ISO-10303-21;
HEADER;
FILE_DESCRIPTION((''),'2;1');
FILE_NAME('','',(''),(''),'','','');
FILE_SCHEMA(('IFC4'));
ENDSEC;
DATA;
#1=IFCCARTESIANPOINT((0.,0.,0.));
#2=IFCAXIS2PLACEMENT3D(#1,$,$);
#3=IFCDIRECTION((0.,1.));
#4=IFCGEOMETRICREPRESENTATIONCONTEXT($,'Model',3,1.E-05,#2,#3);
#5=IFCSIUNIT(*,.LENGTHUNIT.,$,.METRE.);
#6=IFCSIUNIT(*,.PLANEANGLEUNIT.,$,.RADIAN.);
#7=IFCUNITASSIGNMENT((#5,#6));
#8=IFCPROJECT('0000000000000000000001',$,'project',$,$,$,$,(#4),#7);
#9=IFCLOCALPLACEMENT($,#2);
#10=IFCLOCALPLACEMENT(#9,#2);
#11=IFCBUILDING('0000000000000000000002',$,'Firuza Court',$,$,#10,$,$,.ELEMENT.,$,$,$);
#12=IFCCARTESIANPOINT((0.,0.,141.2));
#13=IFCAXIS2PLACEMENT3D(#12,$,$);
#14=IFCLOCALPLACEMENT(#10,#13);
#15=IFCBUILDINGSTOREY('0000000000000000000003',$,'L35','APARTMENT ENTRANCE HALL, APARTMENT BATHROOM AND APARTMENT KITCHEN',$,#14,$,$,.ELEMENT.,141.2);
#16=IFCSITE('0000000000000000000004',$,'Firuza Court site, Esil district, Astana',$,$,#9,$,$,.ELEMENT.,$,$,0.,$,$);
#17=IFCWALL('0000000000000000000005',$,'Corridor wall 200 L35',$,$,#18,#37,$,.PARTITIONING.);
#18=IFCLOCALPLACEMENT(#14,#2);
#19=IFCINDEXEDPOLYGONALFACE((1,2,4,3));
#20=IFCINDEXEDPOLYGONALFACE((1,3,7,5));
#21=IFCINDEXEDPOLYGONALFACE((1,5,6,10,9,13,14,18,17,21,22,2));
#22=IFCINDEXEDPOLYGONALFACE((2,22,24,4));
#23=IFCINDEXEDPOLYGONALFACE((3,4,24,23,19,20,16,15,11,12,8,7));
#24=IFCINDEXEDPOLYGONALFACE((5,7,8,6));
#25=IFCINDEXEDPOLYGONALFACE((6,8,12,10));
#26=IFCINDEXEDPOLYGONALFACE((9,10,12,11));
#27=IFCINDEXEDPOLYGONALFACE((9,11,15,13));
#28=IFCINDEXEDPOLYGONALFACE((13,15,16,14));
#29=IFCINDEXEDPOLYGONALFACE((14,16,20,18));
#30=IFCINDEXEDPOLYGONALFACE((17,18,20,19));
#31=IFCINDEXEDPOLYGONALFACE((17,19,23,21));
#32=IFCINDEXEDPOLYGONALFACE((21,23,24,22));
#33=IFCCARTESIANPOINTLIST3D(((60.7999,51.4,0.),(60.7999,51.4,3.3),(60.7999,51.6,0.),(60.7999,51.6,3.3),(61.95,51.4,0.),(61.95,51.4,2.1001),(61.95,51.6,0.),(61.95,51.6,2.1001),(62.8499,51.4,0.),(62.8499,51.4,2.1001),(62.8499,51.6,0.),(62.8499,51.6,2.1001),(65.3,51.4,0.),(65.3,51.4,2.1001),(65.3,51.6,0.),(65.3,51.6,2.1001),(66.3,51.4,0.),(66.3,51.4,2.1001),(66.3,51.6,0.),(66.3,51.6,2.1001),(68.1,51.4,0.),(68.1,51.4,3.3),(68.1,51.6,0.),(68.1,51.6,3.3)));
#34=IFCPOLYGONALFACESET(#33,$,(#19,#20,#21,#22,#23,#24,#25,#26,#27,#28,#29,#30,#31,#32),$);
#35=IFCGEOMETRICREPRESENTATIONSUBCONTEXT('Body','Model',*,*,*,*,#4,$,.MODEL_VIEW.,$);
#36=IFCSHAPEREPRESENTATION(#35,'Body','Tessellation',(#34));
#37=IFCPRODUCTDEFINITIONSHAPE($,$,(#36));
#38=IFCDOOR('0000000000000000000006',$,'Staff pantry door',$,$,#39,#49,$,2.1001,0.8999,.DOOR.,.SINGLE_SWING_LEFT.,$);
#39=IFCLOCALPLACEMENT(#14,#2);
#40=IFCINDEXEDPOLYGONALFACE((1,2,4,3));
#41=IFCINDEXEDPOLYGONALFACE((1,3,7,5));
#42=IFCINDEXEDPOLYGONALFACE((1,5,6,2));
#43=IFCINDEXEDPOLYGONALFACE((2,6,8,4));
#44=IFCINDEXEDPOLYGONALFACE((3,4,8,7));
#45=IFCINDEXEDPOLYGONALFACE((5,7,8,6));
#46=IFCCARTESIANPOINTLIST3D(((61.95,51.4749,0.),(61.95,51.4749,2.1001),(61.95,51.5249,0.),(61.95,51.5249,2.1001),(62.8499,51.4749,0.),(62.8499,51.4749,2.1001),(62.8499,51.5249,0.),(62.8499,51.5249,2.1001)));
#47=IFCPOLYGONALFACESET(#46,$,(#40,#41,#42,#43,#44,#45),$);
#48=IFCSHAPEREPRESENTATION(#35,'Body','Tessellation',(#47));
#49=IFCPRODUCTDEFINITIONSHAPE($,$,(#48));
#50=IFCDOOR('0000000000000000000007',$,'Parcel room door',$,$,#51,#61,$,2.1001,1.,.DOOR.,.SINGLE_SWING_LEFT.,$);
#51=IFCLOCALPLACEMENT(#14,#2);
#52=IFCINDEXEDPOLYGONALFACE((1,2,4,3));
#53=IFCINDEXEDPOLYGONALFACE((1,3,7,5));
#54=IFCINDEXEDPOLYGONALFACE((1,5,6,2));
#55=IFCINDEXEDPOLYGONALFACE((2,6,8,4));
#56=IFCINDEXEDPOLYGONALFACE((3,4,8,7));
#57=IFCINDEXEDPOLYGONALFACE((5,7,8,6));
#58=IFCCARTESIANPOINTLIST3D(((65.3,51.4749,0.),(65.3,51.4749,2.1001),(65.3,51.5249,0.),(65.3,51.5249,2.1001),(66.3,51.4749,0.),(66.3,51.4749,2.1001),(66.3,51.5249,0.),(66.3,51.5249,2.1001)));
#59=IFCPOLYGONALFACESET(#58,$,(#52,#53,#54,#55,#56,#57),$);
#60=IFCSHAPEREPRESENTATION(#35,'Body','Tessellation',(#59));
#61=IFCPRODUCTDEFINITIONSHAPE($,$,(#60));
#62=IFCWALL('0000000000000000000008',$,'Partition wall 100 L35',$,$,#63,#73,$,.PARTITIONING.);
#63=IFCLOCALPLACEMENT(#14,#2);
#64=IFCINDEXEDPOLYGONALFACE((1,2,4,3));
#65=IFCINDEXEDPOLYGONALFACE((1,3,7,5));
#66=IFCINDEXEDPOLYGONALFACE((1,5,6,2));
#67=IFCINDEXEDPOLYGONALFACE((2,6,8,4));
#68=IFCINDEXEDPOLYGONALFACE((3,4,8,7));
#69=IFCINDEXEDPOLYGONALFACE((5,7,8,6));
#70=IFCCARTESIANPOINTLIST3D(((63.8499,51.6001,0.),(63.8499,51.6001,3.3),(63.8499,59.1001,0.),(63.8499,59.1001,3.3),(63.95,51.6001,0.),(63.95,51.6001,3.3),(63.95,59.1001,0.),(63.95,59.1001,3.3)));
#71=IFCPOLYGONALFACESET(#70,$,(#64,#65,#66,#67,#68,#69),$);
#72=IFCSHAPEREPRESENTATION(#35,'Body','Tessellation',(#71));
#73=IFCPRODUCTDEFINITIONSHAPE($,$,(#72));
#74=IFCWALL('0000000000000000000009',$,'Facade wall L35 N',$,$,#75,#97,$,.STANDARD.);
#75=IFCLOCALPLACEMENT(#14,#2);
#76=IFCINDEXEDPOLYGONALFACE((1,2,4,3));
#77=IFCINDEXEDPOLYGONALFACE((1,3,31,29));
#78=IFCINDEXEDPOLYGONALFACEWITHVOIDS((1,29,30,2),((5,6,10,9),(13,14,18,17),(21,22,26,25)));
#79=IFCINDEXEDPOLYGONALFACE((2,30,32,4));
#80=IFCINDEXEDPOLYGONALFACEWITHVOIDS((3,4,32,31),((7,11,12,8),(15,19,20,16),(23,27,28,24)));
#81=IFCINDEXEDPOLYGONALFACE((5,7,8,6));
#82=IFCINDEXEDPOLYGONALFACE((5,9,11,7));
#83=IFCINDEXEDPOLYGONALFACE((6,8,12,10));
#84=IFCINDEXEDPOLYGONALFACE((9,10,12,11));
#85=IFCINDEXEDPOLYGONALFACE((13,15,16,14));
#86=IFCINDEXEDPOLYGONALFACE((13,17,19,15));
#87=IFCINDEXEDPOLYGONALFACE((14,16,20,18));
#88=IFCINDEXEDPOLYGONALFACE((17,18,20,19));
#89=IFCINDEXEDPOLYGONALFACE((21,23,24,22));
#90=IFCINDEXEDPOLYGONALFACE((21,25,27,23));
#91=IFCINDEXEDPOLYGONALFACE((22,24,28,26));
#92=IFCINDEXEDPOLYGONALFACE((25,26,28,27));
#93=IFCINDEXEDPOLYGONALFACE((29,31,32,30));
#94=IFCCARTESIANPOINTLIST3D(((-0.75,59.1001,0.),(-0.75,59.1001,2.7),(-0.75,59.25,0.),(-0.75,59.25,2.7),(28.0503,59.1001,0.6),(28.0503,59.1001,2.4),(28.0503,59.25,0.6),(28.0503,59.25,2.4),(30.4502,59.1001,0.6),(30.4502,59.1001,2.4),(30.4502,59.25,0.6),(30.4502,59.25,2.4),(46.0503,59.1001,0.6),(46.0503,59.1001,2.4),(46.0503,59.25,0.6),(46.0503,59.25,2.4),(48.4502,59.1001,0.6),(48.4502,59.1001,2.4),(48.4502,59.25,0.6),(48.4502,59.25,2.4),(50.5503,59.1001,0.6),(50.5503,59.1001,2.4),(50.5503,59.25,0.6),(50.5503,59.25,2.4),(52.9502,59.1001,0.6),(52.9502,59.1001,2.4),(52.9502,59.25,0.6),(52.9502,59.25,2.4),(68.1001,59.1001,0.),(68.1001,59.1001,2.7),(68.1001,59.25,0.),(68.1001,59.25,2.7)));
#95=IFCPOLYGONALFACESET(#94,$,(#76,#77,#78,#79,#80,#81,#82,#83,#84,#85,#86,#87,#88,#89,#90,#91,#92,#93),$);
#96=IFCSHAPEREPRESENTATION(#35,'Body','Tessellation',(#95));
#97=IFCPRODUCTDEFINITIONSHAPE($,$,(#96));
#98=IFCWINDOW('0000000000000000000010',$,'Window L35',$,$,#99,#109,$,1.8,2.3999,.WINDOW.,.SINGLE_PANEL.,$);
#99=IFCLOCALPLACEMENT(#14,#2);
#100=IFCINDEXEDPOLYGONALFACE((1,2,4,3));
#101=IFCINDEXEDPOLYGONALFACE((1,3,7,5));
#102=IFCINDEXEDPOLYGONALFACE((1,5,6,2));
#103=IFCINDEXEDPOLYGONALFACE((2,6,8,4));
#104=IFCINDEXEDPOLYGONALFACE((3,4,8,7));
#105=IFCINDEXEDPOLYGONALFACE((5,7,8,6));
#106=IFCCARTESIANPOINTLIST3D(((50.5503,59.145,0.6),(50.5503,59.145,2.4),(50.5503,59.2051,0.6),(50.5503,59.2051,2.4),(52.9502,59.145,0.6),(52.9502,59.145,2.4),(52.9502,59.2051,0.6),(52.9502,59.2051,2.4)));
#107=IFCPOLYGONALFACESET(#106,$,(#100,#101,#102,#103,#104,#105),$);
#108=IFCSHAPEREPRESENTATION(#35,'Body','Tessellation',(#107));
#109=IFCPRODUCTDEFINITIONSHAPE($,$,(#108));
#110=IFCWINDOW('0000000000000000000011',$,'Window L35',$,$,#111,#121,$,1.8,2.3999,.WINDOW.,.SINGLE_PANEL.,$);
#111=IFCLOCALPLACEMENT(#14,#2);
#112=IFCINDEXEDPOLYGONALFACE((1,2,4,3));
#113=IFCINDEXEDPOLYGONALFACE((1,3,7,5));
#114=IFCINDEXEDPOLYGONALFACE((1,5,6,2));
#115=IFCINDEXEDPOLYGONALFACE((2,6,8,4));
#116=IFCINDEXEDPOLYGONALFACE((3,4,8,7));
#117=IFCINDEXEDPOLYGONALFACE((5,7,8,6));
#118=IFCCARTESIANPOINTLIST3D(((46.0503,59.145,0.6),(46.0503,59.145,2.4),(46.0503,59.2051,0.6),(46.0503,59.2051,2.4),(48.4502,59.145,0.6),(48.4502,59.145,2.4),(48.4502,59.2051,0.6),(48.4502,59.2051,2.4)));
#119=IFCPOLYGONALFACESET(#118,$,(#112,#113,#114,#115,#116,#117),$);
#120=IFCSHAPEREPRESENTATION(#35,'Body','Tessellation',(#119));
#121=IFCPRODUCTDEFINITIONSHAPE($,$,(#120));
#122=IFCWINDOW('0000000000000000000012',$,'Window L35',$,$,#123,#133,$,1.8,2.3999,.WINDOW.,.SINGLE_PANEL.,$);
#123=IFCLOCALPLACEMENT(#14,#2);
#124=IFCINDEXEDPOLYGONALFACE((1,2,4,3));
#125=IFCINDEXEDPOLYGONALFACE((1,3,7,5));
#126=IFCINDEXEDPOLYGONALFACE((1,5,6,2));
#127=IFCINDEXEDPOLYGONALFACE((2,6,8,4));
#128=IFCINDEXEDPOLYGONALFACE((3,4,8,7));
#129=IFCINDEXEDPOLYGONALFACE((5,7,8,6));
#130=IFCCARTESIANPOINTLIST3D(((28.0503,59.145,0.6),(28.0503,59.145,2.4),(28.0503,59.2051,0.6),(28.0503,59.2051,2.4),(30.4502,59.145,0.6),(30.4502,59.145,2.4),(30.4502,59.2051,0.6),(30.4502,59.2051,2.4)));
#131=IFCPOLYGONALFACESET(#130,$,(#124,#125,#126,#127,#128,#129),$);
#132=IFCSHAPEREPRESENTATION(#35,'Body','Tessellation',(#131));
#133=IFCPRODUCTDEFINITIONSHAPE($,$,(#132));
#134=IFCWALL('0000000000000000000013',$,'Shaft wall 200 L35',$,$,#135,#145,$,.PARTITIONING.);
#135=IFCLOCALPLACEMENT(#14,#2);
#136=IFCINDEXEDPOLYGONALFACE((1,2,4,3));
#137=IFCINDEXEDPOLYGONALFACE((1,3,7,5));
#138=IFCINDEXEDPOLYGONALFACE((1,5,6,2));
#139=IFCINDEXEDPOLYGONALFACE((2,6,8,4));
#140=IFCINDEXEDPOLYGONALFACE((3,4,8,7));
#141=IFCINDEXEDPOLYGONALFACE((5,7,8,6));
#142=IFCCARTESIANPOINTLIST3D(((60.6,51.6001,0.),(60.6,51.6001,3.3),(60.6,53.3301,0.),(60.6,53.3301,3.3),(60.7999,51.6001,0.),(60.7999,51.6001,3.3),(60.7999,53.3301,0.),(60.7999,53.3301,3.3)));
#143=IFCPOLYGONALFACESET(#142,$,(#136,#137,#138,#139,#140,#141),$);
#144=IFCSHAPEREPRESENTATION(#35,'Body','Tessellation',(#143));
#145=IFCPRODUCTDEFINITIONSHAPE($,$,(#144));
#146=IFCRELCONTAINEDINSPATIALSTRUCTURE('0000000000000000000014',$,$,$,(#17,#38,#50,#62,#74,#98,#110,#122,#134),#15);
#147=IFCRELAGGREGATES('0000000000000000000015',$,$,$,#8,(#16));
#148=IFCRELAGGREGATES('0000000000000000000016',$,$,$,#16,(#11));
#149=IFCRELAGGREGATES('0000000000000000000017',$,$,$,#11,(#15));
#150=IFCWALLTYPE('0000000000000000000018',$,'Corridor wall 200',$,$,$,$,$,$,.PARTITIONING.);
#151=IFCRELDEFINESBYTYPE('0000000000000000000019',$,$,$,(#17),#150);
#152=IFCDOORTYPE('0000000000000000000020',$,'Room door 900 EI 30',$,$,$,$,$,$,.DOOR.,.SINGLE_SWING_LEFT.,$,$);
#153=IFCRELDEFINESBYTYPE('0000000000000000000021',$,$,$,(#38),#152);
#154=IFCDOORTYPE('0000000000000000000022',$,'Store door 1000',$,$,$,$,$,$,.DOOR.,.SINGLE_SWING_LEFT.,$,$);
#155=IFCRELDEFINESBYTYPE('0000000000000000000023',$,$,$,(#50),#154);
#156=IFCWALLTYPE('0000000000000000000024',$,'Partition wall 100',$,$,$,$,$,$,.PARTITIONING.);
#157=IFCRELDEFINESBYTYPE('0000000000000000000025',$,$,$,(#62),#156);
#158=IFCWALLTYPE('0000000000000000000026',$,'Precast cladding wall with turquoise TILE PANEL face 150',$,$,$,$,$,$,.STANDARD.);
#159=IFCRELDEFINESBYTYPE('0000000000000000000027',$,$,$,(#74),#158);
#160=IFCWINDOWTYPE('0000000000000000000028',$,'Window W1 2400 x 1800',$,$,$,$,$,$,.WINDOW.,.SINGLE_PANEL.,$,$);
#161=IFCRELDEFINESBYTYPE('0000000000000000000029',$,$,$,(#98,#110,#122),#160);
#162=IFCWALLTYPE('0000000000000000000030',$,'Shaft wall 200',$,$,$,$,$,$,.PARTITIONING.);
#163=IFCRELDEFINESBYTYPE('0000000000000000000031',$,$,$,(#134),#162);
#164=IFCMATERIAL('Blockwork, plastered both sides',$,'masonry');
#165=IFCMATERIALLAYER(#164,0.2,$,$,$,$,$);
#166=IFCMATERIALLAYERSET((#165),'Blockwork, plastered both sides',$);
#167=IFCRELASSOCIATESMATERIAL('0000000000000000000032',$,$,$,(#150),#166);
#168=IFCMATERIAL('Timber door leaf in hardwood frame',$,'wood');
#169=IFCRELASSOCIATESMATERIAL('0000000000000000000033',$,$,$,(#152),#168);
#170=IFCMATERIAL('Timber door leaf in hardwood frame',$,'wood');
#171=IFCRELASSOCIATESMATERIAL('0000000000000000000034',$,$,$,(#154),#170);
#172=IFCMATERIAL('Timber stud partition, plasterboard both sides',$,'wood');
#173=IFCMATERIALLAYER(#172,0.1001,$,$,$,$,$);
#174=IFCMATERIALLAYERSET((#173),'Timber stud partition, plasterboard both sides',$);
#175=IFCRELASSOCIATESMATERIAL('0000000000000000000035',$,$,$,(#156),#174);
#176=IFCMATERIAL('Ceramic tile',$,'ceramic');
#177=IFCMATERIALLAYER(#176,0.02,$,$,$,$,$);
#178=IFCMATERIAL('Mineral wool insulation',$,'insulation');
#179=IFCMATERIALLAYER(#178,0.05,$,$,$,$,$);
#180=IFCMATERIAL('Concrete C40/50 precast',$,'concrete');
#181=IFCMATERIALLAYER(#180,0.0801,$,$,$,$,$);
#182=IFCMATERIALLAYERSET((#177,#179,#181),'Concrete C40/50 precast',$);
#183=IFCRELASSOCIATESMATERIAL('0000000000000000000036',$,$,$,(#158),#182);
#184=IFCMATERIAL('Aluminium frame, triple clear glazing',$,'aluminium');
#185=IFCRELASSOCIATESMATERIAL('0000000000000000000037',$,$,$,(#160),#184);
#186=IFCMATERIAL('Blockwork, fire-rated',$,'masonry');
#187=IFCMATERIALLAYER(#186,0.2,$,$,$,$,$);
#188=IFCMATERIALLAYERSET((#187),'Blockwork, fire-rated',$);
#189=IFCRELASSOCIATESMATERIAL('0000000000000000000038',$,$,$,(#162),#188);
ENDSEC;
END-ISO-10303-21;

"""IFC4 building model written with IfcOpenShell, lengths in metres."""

from ifc_helpers import new_model, si_unit, direction, frame, frame_2d, origin, place, context, subcontext, project, spatial, rectangle, extrude, material, layer, layer_set, type_object, element, fill, save


model = new_model("IFC4")

# Units and contexts
model_context = context("Model", 3, precision=1e-05, world=origin(), true_north=direction((0.0, 1.0)))
body_context = subcontext(model_context, "Body", "Model", "MODEL_VIEW")
ifc_project = project(units=[si_unit("LENGTHUNIT", "METRE"), si_unit("PLANEANGLEUNIT", "RADIAN")], contexts=[model_context])

# Site, building, storey
site_placement = place(None, origin())
site = spatial("IfcSite", under=ifc_project, at=site_placement, Name="Firuza Court site, Esil district, Astana", CompositionType="ELEMENT", RefElevation=0.0)
building_placement = place(site_placement, origin())
building = spatial("IfcBuilding", under=site, at=building_placement, Name="Firuza Court", CompositionType="ELEMENT")
storey_placement = place(building_placement, frame((0.0, 0.0, 141.2)))
storey = spatial("IfcBuildingStorey", under=building, at=storey_placement, Name="L35", Description="APARTMENT ENTRANCE HALL, APARTMENT BATHROOM AND APARTMENT KITCHEN", CompositionType="ELEMENT", Elevation=141.2)

# Wall, openings, doors
ifc_material_1 = material(Name="Blockwork, plastered both sides", Category="masonry")
ifc_layer_1 = layer(ifc_material_1, 0.2)
ifc_layer_set_1 = layer_set([ifc_layer_1], Name="Blockwork, plastered both sides")
wall_type_1 = type_object("IfcWallType", Name="Corridor wall 200", PredefinedType="PARTITIONING", material=ifc_layer_set_1)
wall_1_placement = place(storey_placement, frame((60.8, 51.5, 0.0), z_axis=(0.0, 0.0, 1.0), x_axis=(1.0, 0.0, 0.0)))
wall_1 = element("IfcWall", 1, at=wall_1_placement, inside=storey, type_object=wall_type_1, Name="Corridor wall 200 L35", PredefinedType="PARTITIONING", context=body_context, shape_type="SweptSolid", body=[
    extrude(rectangle(XDim=7.3, YDim=0.2, at=frame_2d((3.6499, 0.0))), origin(), (0.0, 0.0, 1.0), 3.3),
])
opening_1_placement = place(wall_1_placement, frame((1.1499, 0.0, 0.0)))
opening_1 = element("IfcOpeningElement", 2, at=opening_1_placement, cuts=wall_1, PredefinedType="OPENING", context=body_context, shape_type="SweptSolid", body=[
    extrude(rectangle(XDim=0.8999, YDim=2.1001, at=frame_2d((0.45, 1.05))), frame((0.0, 0.1118, 0.0), z_axis=(0.0, -1.0, 0.0), x_axis=(1.0, 0.0, 0.0)), (0.0, 0.0, 1.0), 0.2239),
])
opening_2_placement = place(wall_1_placement, frame((4.5, 0.0, 0.0)))
opening_2 = element("IfcOpeningElement", 3, at=opening_2_placement, cuts=wall_1, PredefinedType="OPENING", context=body_context, shape_type="SweptSolid", body=[
    extrude(rectangle(XDim=1.0, YDim=2.1001, at=frame_2d((0.5, 1.05))), frame((0.0, 0.1118, 0.0), z_axis=(0.0, -1.0, 0.0), x_axis=(1.0, 0.0, 0.0)), (0.0, 0.0, 1.0), 0.2239),
])
ifc_material_2 = material(Name="Timber door leaf in hardwood frame", Category="wood")
door_type_1 = type_object("IfcDoorType", Name="Room door 900 EI 30", OperationType="SINGLE_SWING_LEFT", PredefinedType="DOOR", material=ifc_material_2)
door_1_placement = place(opening_1_placement, origin())
door_1 = element("IfcDoor", 4, at=door_1_placement, inside=storey, type_object=door_type_1, Name="Staff pantry door", OperationType="SINGLE_SWING_LEFT", OverallHeight=2.1001, OverallWidth=0.8999, PredefinedType="DOOR", context=body_context, shape_type="SweptSolid", body=[
    extrude(rectangle(XDim=0.8999, YDim=2.1001, at=frame_2d((0.45, 1.05))), frame((0.0, 0.0249, 0.0), z_axis=(0.0, -1.0, 0.0), x_axis=(1.0, 0.0, 0.0)), (0.0, 0.0, 1.0), 0.05),
])
fill(opening_1, door_1)
ifc_material_3 = material(Name="Timber door leaf in hardwood frame", Category="wood")
door_type_2 = type_object("IfcDoorType", Name="Store door 1000", OperationType="SINGLE_SWING_LEFT", PredefinedType="DOOR", material=ifc_material_3)
door_2_placement = place(opening_2_placement, origin())
door_2 = element("IfcDoor", 5, at=door_2_placement, inside=storey, type_object=door_type_2, Name="Parcel room door", OperationType="SINGLE_SWING_LEFT", OverallHeight=2.1001, OverallWidth=1.0, PredefinedType="DOOR", context=body_context, shape_type="SweptSolid", body=[
    extrude(rectangle(XDim=1.0, YDim=2.1001, at=frame_2d((0.5, 1.05))), frame((0.0, 0.0249, 0.0), z_axis=(0.0, -1.0, 0.0), x_axis=(1.0, 0.0, 0.0)), (0.0, 0.0, 1.0), 0.05),
])
fill(opening_2, door_2)

# Wall
ifc_material_4 = material(Name="Timber stud partition, plasterboard both sides", Category="wood")
ifc_layer_2 = layer(ifc_material_4, 0.1001)
ifc_layer_set_2 = layer_set([ifc_layer_2], Name="Timber stud partition, plasterboard both sides")
wall_type_2 = type_object("IfcWallType", Name="Partition wall 100", PredefinedType="PARTITIONING", material=ifc_layer_set_2)
wall_2_placement = place(storey_placement, frame((63.8999, 51.6001, 0.0), z_axis=(0.0, 0.0, 1.0), x_axis=(0.0, 1.0, 0.0)))
element("IfcWall", 6, at=wall_2_placement, inside=storey, type_object=wall_type_2, Name="Partition wall 100 L35", PredefinedType="PARTITIONING", context=body_context, shape_type="SweptSolid", body=[
    extrude(rectangle(XDim=7.5, YDim=0.1001, at=frame_2d((3.75, 0.0))), origin(), (0.0, 0.0, 1.0), 3.3),
])

# Wall, openings, windows
ifc_material_5 = material(Name="Ceramic tile", Category="ceramic")
ifc_layer_3 = layer(ifc_material_5, 0.02)
ifc_material_6 = material(Name="Mineral wool insulation", Category="insulation")
ifc_layer_4 = layer(ifc_material_6, 0.05)
ifc_material_7 = material(Name="Concrete C40/50 precast", Category="concrete")
ifc_layer_5 = layer(ifc_material_7, 0.0801)
ifc_layer_set_3 = layer_set([ifc_layer_3, ifc_layer_4, ifc_layer_5], Name="Concrete C40/50 precast")
wall_type_3 = type_object("IfcWallType", Name="Precast cladding wall with turquoise TILE PANEL face 150", PredefinedType="STANDARD", material=ifc_layer_set_3)
wall_3_placement = place(storey_placement, frame((68.1001, 59.175, 0.0), z_axis=(0.0, 0.0, 1.0), x_axis=(-1.0, 0.0, 0.0)))
wall_3 = element("IfcWall", 7, at=wall_3_placement, inside=storey, type_object=wall_type_3, Name="Facade wall L35 N", PredefinedType="STANDARD", context=body_context, shape_type="SweptSolid", body=[
    extrude(rectangle(XDim=68.8501, YDim=0.1499, at=frame_2d((34.425, 0.0))), origin(), (0.0, 0.0, 1.0), 2.7),
])
opening_3_placement = place(wall_3_placement, frame((15.1499, 0.0, 0.6001)))
opening_3 = element("IfcOpeningElement", 8, at=opening_3_placement, cuts=wall_3, PredefinedType="OPENING", context=body_context, shape_type="SweptSolid", body=[
    extrude(rectangle(XDim=2.3999, YDim=1.8, at=frame_2d((1.2, 0.8999))), frame((0.0, 0.0869, 0.0), z_axis=(0.0, -1.0, 0.0), x_axis=(1.0, 0.0, 0.0)), (0.0, 0.0, 1.0), 0.1738),
])
opening_4_placement = place(wall_3_placement, frame((19.6499, 0.0, 0.6001)))
opening_4 = element("IfcOpeningElement", 9, at=opening_4_placement, cuts=wall_3, PredefinedType="OPENING", context=body_context, shape_type="SweptSolid", body=[
    extrude(rectangle(XDim=2.3999, YDim=1.8, at=frame_2d((1.2, 0.8999))), frame((0.0, 0.0869, 0.0), z_axis=(0.0, -1.0, 0.0), x_axis=(1.0, 0.0, 0.0)), (0.0, 0.0, 1.0), 0.1738),
])
opening_5_placement = place(wall_3_placement, frame((37.6499, 0.0, 0.6001)))
opening_5 = element("IfcOpeningElement", 10, at=opening_5_placement, cuts=wall_3, PredefinedType="OPENING", context=body_context, shape_type="SweptSolid", body=[
    extrude(rectangle(XDim=2.3999, YDim=1.8, at=frame_2d((1.2, 0.8999))), frame((0.0, 0.0869, 0.0), z_axis=(0.0, -1.0, 0.0), x_axis=(1.0, 0.0, 0.0)), (0.0, 0.0, 1.0), 0.1738),
])
ifc_material_8 = material(Name="Aluminium frame, triple clear glazing", Category="aluminium")
window_type = type_object("IfcWindowType", Name="Window W1 2400 x 1800", PartitioningType="SINGLE_PANEL", PredefinedType="WINDOW", material=ifc_material_8)
window_1_placement = place(opening_3_placement, origin())
window_1 = element("IfcWindow", 11, at=window_1_placement, inside=storey, type_object=window_type, Name="Window L35", OverallHeight=1.8, OverallWidth=2.3999, PartitioningType="SINGLE_PANEL", PredefinedType="WINDOW", context=body_context, shape_type="SweptSolid", body=[
    extrude(rectangle(XDim=2.3999, YDim=1.8, at=frame_2d((1.2, 0.8999))), frame((0.0, 0.03, 0.0), z_axis=(0.0, -1.0, 0.0), x_axis=(1.0, 0.0, 0.0)), (0.0, 0.0, 1.0), 0.0601),
])
fill(opening_3, window_1)
window_2_placement = place(opening_4_placement, origin())
window_2 = element("IfcWindow", 12, at=window_2_placement, inside=storey, type_object=window_type, Name="Window L35", OverallHeight=1.8, OverallWidth=2.3999, PartitioningType="SINGLE_PANEL", PredefinedType="WINDOW", context=body_context, shape_type="SweptSolid", body=[
    extrude(rectangle(XDim=2.3999, YDim=1.8, at=frame_2d((1.2, 0.8999))), frame((0.0, 0.03, 0.0), z_axis=(0.0, -1.0, 0.0), x_axis=(1.0, 0.0, 0.0)), (0.0, 0.0, 1.0), 0.0601),
])
fill(opening_4, window_2)
window_3_placement = place(opening_5_placement, origin())
window_3 = element("IfcWindow", 13, at=window_3_placement, inside=storey, type_object=window_type, Name="Window L35", OverallHeight=1.8, OverallWidth=2.3999, PartitioningType="SINGLE_PANEL", PredefinedType="WINDOW", context=body_context, shape_type="SweptSolid", body=[
    extrude(rectangle(XDim=2.3999, YDim=1.8, at=frame_2d((1.2, 0.8999))), frame((0.0, 0.03, 0.0), z_axis=(0.0, -1.0, 0.0), x_axis=(1.0, 0.0, 0.0)), (0.0, 0.0, 1.0), 0.0601),
])
fill(opening_5, window_3)

# Wall
ifc_material_9 = material(Name="Blockwork, fire-rated", Category="masonry")
ifc_layer_6 = layer(ifc_material_9, 0.2)
ifc_layer_set_4 = layer_set([ifc_layer_6], Name="Blockwork, fire-rated")
wall_type_4 = type_object("IfcWallType", Name="Shaft wall 200", PredefinedType="PARTITIONING", material=ifc_layer_set_4)
wall_4_placement = place(storey_placement, frame((60.7, 51.6001, 0.0), z_axis=(0.0, 0.0, 1.0), x_axis=(0.0, 1.0, 0.0)))
element("IfcWall", 14, at=wall_4_placement, inside=storey, type_object=wall_type_4, Name="Shaft wall 200 L35", PredefinedType="PARTITIONING", context=body_context, shape_type="SweptSolid", body=[
    extrude(rectangle(XDim=1.73, YDim=0.2, at=frame_2d((0.865, 0.0))), origin(), (0.0, 0.0, 1.0), 3.3),
])

save(model, "model.ifc")
